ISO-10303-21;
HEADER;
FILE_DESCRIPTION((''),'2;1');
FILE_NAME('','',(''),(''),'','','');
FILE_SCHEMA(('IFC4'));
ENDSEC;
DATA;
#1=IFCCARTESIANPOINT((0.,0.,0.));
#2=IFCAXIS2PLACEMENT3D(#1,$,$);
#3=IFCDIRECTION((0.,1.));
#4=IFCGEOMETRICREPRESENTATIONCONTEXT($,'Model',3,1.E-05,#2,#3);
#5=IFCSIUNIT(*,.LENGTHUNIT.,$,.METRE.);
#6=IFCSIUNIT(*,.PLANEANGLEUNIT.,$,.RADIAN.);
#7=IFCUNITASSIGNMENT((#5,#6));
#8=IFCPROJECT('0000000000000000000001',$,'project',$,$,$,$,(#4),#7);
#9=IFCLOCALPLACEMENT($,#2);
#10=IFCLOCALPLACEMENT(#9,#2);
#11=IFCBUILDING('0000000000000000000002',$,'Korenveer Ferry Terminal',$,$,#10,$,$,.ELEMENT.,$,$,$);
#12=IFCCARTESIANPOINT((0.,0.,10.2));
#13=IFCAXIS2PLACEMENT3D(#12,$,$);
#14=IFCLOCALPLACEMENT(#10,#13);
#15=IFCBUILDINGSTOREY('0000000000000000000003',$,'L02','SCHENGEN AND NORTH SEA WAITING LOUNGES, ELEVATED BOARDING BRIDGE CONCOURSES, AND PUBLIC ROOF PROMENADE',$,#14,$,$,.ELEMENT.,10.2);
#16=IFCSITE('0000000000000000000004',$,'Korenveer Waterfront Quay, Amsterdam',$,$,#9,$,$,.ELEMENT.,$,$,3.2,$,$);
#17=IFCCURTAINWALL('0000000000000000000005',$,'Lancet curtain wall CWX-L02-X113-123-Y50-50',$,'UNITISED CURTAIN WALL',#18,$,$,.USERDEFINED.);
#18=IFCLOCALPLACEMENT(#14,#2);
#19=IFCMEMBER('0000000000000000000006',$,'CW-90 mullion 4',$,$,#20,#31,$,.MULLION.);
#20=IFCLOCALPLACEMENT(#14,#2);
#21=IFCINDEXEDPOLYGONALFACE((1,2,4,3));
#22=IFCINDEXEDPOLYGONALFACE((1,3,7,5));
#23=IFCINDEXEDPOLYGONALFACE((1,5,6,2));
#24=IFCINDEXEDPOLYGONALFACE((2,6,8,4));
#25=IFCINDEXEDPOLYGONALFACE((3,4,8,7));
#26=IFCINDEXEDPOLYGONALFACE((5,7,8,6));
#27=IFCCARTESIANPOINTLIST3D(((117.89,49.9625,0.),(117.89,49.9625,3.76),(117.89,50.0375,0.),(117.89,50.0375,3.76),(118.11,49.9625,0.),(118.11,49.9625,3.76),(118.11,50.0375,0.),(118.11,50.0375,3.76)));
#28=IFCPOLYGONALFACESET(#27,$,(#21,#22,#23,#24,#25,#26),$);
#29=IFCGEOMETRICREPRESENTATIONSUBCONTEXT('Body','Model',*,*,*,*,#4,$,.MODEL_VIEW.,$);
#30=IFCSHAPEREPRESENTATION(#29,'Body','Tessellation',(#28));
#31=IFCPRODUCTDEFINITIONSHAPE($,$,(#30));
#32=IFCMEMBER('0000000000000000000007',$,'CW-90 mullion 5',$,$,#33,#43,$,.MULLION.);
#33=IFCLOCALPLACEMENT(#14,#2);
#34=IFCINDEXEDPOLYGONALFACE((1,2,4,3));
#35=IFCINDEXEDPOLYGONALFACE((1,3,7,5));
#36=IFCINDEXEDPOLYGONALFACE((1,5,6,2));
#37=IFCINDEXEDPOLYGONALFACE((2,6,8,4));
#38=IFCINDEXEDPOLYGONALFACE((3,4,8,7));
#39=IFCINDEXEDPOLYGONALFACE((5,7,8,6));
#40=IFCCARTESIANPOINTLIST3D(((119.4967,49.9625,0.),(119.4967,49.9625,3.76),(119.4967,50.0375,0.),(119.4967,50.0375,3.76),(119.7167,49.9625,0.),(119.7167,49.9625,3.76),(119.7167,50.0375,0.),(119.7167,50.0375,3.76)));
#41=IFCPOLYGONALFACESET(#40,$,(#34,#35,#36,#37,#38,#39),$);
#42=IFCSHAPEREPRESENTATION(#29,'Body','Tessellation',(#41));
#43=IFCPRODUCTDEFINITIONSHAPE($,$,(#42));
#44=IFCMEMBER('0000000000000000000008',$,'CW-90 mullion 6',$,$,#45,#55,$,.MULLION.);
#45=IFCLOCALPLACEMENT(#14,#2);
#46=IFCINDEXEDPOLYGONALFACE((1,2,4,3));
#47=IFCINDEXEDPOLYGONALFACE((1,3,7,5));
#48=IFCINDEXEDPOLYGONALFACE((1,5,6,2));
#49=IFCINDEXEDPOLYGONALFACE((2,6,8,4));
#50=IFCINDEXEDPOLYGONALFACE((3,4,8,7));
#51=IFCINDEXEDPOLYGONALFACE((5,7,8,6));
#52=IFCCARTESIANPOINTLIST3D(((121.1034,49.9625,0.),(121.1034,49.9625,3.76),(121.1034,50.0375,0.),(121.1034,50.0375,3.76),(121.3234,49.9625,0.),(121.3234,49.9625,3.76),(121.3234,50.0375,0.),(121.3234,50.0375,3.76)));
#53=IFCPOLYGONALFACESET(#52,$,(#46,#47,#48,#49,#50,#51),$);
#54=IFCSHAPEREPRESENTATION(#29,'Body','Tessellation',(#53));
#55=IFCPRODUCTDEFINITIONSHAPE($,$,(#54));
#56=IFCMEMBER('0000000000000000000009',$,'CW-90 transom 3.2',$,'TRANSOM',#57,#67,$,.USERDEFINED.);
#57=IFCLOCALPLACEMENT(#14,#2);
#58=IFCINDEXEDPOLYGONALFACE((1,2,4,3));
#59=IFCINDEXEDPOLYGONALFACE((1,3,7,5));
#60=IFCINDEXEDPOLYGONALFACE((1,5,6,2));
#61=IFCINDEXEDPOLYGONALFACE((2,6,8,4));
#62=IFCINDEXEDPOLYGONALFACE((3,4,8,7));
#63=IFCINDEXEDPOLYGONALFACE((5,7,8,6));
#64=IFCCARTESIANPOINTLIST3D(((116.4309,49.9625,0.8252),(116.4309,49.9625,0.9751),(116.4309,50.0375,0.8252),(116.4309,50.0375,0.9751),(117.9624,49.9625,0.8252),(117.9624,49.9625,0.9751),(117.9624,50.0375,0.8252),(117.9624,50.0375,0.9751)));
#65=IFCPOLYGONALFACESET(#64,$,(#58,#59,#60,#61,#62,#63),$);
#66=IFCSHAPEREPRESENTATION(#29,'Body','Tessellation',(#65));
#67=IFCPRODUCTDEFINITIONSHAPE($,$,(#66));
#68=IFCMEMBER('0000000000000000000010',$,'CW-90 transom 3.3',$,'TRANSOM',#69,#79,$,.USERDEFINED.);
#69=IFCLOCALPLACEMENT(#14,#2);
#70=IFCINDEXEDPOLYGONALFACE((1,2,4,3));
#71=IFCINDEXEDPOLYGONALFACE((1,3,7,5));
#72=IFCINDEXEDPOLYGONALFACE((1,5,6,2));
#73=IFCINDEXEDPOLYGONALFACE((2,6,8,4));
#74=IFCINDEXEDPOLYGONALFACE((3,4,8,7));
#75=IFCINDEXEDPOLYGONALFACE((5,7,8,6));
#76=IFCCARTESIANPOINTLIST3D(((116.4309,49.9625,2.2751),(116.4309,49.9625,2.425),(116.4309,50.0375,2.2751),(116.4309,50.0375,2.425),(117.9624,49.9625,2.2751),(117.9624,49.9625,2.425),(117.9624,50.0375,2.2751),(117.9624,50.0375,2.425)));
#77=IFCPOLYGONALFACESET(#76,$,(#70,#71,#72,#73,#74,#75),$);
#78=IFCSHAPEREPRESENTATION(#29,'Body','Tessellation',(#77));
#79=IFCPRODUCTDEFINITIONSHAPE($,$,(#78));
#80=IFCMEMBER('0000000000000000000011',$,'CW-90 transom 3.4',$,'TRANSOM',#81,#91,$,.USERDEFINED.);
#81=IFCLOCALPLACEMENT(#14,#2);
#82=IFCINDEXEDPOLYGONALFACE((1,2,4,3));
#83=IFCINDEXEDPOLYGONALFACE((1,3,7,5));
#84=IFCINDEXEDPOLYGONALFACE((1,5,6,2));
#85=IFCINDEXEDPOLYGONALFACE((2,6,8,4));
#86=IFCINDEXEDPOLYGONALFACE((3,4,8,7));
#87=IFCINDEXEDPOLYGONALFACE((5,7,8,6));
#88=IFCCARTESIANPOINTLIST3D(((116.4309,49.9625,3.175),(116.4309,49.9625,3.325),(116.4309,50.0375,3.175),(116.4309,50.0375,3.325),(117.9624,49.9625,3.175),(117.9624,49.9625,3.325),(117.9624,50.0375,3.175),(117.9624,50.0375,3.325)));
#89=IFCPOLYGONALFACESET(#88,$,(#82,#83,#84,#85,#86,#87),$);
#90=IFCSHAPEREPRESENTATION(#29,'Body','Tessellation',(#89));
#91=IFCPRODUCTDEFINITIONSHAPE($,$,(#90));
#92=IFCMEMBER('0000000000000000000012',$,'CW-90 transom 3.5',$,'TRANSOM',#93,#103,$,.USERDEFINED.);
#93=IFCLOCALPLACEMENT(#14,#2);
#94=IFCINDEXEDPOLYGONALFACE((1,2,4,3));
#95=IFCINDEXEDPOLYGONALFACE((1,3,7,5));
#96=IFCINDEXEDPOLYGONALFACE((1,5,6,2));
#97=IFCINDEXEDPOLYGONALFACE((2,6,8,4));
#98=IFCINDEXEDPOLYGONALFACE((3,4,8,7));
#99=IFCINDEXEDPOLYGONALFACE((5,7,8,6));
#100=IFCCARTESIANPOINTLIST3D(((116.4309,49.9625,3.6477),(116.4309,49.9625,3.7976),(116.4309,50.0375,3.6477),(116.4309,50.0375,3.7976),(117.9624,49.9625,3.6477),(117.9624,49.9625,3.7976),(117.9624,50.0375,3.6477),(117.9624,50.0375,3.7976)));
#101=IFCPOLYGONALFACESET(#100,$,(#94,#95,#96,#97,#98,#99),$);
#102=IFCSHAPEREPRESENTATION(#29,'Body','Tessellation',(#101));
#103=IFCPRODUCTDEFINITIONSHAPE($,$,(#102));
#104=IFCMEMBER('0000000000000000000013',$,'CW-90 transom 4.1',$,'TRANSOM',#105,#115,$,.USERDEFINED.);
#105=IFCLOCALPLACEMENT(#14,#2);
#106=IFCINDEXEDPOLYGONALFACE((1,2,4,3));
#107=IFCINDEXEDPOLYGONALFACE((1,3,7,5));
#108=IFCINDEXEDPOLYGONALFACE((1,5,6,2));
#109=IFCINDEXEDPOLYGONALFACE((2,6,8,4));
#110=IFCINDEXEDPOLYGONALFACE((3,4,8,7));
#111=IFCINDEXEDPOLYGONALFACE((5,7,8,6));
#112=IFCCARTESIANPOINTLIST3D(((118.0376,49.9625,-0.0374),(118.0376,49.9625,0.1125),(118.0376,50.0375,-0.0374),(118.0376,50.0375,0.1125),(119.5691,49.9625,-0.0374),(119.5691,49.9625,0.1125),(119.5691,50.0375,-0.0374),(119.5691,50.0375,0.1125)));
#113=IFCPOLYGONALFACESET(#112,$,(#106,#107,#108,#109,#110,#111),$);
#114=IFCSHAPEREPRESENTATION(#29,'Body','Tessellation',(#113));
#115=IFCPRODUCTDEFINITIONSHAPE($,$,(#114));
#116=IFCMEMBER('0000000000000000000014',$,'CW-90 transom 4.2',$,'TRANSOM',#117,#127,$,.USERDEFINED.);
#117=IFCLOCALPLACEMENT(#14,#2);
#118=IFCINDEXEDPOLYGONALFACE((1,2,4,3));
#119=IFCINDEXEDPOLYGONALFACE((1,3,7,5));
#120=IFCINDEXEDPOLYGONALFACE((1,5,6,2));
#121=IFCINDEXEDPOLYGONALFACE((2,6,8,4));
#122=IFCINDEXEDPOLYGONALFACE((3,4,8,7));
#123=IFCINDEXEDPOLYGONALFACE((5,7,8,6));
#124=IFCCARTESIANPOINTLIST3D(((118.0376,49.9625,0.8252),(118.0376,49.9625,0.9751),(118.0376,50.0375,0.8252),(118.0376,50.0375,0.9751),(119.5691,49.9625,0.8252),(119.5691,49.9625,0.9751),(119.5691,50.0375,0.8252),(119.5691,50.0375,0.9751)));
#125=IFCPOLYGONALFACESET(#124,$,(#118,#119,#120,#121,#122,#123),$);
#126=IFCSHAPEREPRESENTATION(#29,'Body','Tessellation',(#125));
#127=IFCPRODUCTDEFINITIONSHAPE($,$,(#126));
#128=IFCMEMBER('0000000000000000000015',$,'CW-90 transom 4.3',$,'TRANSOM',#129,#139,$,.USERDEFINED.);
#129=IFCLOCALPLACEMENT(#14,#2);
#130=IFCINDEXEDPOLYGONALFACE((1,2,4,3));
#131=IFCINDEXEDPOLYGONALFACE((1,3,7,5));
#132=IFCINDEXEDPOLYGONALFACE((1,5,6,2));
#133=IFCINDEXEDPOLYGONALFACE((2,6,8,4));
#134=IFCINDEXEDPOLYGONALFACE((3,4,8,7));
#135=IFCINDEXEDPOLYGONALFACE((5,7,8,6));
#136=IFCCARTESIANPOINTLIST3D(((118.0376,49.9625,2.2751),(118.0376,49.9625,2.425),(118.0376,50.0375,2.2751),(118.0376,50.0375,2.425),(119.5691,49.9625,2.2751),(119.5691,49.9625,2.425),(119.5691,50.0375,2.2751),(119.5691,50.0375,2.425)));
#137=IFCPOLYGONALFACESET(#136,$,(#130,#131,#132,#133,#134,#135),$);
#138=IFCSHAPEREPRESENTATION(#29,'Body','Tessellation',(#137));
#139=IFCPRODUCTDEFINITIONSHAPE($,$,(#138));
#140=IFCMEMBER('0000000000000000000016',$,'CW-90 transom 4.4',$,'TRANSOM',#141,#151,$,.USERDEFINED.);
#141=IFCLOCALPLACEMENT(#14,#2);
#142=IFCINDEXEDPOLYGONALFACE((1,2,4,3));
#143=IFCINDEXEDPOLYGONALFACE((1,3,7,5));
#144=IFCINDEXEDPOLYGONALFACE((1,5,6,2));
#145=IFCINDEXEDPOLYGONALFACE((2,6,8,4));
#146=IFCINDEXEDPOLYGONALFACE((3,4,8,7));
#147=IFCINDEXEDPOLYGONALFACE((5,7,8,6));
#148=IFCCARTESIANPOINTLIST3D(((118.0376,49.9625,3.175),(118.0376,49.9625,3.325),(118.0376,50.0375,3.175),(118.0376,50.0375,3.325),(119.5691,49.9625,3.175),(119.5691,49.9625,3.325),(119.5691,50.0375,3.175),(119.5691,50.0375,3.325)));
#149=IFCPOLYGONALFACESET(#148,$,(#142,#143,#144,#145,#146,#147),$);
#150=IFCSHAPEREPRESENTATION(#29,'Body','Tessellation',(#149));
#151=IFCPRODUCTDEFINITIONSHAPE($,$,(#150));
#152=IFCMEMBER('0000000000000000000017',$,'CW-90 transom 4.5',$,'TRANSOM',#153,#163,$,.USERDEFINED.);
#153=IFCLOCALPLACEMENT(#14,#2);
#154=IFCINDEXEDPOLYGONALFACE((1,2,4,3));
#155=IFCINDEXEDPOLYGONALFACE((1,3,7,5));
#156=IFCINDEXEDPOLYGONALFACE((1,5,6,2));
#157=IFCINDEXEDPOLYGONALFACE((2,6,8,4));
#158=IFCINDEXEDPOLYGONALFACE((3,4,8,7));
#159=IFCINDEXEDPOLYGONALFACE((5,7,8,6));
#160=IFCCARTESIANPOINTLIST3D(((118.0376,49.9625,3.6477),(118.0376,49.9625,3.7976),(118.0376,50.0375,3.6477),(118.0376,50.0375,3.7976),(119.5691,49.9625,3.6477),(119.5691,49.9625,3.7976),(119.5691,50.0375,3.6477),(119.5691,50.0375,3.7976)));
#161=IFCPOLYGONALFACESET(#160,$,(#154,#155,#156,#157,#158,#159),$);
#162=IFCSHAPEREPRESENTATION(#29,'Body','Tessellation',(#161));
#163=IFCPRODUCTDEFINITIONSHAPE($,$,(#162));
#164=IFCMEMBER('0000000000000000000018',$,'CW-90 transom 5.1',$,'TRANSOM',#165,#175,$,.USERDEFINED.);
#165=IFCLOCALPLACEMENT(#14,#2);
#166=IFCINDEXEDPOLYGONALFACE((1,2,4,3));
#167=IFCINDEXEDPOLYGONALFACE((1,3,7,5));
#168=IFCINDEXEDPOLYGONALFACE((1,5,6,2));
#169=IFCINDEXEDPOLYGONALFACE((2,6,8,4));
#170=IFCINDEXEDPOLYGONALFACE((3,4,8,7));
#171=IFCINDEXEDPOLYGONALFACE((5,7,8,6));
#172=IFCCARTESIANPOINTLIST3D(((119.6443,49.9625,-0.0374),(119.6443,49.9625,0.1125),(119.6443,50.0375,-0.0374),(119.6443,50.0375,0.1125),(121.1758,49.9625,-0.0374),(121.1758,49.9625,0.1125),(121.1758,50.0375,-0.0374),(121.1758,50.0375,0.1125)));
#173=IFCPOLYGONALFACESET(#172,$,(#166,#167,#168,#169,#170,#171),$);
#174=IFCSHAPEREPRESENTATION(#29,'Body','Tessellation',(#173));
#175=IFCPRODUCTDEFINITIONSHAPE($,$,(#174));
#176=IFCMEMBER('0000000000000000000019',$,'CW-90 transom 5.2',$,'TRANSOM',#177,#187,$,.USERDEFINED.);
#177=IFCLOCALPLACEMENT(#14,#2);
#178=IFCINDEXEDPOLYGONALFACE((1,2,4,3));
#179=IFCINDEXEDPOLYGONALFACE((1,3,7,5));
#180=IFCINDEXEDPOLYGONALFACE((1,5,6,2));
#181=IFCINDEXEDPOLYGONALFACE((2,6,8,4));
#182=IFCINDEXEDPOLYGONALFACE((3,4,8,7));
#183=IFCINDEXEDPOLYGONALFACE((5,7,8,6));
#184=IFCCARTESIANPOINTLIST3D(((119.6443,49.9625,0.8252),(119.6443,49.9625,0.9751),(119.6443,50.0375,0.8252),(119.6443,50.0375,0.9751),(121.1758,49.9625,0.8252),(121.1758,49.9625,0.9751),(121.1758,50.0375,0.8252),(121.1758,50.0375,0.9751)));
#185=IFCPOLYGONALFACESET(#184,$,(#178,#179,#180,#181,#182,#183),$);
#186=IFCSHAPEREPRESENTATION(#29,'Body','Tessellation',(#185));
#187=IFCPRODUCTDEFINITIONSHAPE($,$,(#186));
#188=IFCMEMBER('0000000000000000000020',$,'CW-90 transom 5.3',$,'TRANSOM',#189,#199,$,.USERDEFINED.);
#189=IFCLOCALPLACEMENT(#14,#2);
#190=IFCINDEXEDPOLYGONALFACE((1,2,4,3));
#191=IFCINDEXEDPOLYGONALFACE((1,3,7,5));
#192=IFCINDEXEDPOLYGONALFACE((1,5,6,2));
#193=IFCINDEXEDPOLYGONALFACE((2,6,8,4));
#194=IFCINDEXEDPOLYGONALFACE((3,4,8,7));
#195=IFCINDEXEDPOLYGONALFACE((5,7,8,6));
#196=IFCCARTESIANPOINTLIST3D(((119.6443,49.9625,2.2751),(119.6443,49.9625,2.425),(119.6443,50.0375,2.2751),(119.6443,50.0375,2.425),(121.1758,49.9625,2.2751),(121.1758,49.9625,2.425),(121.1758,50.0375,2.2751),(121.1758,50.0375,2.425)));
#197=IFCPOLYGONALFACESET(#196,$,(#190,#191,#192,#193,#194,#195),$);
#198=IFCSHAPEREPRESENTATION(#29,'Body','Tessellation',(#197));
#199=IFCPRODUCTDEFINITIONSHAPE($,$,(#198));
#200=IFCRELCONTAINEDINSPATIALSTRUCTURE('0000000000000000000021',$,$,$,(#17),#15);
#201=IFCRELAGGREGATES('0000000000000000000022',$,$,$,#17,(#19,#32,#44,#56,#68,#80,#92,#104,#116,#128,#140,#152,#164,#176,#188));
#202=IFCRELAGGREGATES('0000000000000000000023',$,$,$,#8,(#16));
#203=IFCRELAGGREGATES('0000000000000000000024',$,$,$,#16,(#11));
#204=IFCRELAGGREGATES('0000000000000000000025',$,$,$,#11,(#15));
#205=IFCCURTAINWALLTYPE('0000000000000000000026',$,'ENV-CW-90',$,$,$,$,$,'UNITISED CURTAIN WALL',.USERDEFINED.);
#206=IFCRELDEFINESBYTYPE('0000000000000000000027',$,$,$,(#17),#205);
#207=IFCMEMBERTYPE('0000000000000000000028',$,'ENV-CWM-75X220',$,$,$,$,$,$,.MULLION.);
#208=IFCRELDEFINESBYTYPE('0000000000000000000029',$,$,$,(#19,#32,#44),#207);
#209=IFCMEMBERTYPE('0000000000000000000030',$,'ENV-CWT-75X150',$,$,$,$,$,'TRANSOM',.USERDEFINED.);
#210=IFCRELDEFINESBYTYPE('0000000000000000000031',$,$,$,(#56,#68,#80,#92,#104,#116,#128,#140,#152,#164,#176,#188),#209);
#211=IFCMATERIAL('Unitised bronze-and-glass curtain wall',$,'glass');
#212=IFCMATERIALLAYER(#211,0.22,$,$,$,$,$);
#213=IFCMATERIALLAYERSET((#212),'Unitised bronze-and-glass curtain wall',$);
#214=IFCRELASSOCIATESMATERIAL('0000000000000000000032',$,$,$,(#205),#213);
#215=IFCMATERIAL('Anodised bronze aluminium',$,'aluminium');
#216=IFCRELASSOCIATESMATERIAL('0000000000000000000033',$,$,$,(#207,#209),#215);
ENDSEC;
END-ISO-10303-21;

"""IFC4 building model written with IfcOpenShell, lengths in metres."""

from ifc_helpers import new_model, si_unit, direction, frame, origin, origin_2d, place, context, subcontext, project, spatial, rectangle, extrude, material, layer, layer_set, material_profile, profile_set, type_object, element, aggregate, save


model = new_model("IFC4")

# Units and contexts
model_context = context("Model", 3, precision=1e-05, world=origin(), true_north=direction((0.0, 1.0)))
body_context = subcontext(model_context, "Body", "Model", "MODEL_VIEW")
ifc_project = project(units=[si_unit("LENGTHUNIT", "METRE"), si_unit("PLANEANGLEUNIT", "RADIAN")], contexts=[model_context])

# Site, building, storey
site_placement = place(None, origin())
site = spatial("IfcSite", under=ifc_project, at=site_placement, Name="Korenveer Waterfront Quay, Amsterdam", CompositionType="ELEMENT", RefElevation=3.2)
building_placement = place(site_placement, origin())
building = spatial("IfcBuilding", under=site, at=building_placement, Name="Korenveer Ferry Terminal", CompositionType="ELEMENT")
storey_placement = place(building_placement, frame((0.0, 0.0, 10.2)))
storey = spatial("IfcBuildingStorey", under=building, at=storey_placement, Name="L02", Description="SCHENGEN AND NORTH SEA WAITING LOUNGES, ELEVATED BOARDING BRIDGE CONCOURSES, AND PUBLIC ROOF PROMENADE", CompositionType="ELEMENT", Elevation=10.2)

# Curtain wall, members
ifc_material_1 = material(Name="Unitised bronze-and-glass curtain wall", Category="glass")
ifc_layer_1 = layer(ifc_material_1, 0.22)
ifc_layer_set_1 = layer_set([ifc_layer_1], Name="Unitised bronze-and-glass curtain wall")
curtain_wall_type = type_object("IfcCurtainWallType", Name="ENV-CW-90", ElementType="UNITISED CURTAIN WALL", PredefinedType="USERDEFINED", material=ifc_layer_set_1)
curtain_wall_placement = place(storey_placement, frame((113.1799, 50.0, 0.0)))
curtain_wall = element("IfcCurtainWall", 1, at=curtain_wall_placement, inside=storey, type_object=curtain_wall_type, Name="Lancet curtain wall CWX-L02-X113-123-Y50-50", ObjectType="UNITISED CURTAIN WALL", PredefinedType="USERDEFINED")
ifc_material_2 = material(Name="Anodised bronze aluminium", Category="aluminium")
ifc_material_profile_1 = material_profile(ifc_material_2, rectangle(XDim=0.075, YDim=0.22, at=origin_2d()), Name="ALU 75x220")
ifc_profile_set_1 = profile_set([ifc_material_profile_1], Name="Anodised bronze aluminium")
member_type_1 = type_object("IfcMemberType", Name="ENV-CWM-75X220", PredefinedType="MULLION", material=ifc_profile_set_1)
member_1_placement = place(storey_placement, frame((118.0, 50.0, 0.0), z_axis=(0.0, 0.0, 1.0), x_axis=(0.0, 1.0, 0.0)))
member_1 = element("IfcMember", 2, at=member_1_placement, type_object=member_type_1, Name="CW-90 mullion 4", PredefinedType="MULLION", context=body_context, shape_type="SweptSolid", body=[
    extrude(rectangle(XDim=0.075, YDim=0.22, at=origin_2d()), origin(), (0.0, 0.0, 1.0), 3.76),
])
member_2_placement = place(storey_placement, frame((119.6067, 50.0, 0.0), z_axis=(0.0, 0.0, 1.0), x_axis=(0.0, 1.0, 0.0)))
member_2 = element("IfcMember", 3, at=member_2_placement, type_object=member_type_1, Name="CW-90 mullion 5", PredefinedType="MULLION", context=body_context, shape_type="SweptSolid", body=[
    extrude(rectangle(XDim=0.075, YDim=0.22, at=origin_2d()), origin(), (0.0, 0.0, 1.0), 3.76),
])
member_3_placement = place(storey_placement, frame((121.2134, 50.0, 0.0), z_axis=(0.0, 0.0, 1.0), x_axis=(0.0, 1.0, 0.0)))
member_3 = element("IfcMember", 4, at=member_3_placement, type_object=member_type_1, Name="CW-90 mullion 6", PredefinedType="MULLION", context=body_context, shape_type="SweptSolid", body=[
    extrude(rectangle(XDim=0.075, YDim=0.22, at=origin_2d()), origin(), (0.0, 0.0, 1.0), 3.76),
])
ifc_material_profile_2 = material_profile(ifc_material_2, rectangle(XDim=0.075, YDim=0.1499, at=origin_2d()), Name="ALU 75x150")
ifc_profile_set_2 = profile_set([ifc_material_profile_2], Name="Anodised bronze aluminium")
member_type_2 = type_object("IfcMemberType", Name="ENV-CWT-75X150", ElementType="TRANSOM", PredefinedType="USERDEFINED", material=ifc_profile_set_2)
member_4_placement = place(storey_placement, frame((116.4309, 50.0, 0.9001), z_axis=(1.0, 0.0, 0.0), x_axis=(0.0, 1.0, 0.0)))
member_4 = element("IfcMember", 5, at=member_4_placement, type_object=member_type_2, Name="CW-90 transom 3.2", ObjectType="TRANSOM", PredefinedType="USERDEFINED", context=body_context, shape_type="SweptSolid", body=[
    extrude(rectangle(XDim=0.075, YDim=0.1499, at=origin_2d()), origin(), (0.0, 0.0, 1.0), 1.5315),
])
member_5_placement = place(storey_placement, frame((116.4309, 50.0, 2.3501), z_axis=(1.0, 0.0, 0.0), x_axis=(0.0, 1.0, 0.0)))
member_5 = element("IfcMember", 6, at=member_5_placement, type_object=member_type_2, Name="CW-90 transom 3.3", ObjectType="TRANSOM", PredefinedType="USERDEFINED", context=body_context, shape_type="SweptSolid", body=[
    extrude(rectangle(XDim=0.075, YDim=0.1499, at=origin_2d()), origin(), (0.0, 0.0, 1.0), 1.5315),
])
member_6_placement = place(storey_placement, frame((116.4309, 50.0, 3.25), z_axis=(1.0, 0.0, 0.0), x_axis=(0.0, 1.0, 0.0)))
member_6 = element("IfcMember", 7, at=member_6_placement, type_object=member_type_2, Name="CW-90 transom 3.4", ObjectType="TRANSOM", PredefinedType="USERDEFINED", context=body_context, shape_type="SweptSolid", body=[
    extrude(rectangle(XDim=0.075, YDim=0.1499, at=origin_2d()), origin(), (0.0, 0.0, 1.0), 1.5315),
])
member_7_placement = place(storey_placement, frame((116.4309, 50.0, 3.7227), z_axis=(1.0, 0.0, 0.0), x_axis=(0.0, 1.0, 0.0)))
member_7 = element("IfcMember", 8, at=member_7_placement, type_object=member_type_2, Name="CW-90 transom 3.5", ObjectType="TRANSOM", PredefinedType="USERDEFINED", context=body_context, shape_type="SweptSolid", body=[
    extrude(rectangle(XDim=0.075, YDim=0.1499, at=origin_2d()), origin(), (0.0, 0.0, 1.0), 1.5315),
])
member_8_placement = place(storey_placement, frame((118.0376, 50.0, 0.0376), z_axis=(1.0, 0.0, 0.0), x_axis=(0.0, 1.0, 0.0)))
member_8 = element("IfcMember", 9, at=member_8_placement, type_object=member_type_2, Name="CW-90 transom 4.1", ObjectType="TRANSOM", PredefinedType="USERDEFINED", context=body_context, shape_type="SweptSolid", body=[
    extrude(rectangle(XDim=0.075, YDim=0.1499, at=origin_2d()), origin(), (0.0, 0.0, 1.0), 1.5315),
])
member_9_placement = place(storey_placement, frame((118.0376, 50.0, 0.9001), z_axis=(1.0, 0.0, 0.0), x_axis=(0.0, 1.0, 0.0)))
member_9 = element("IfcMember", 10, at=member_9_placement, type_object=member_type_2, Name="CW-90 transom 4.2", ObjectType="TRANSOM", PredefinedType="USERDEFINED", context=body_context, shape_type="SweptSolid", body=[
    extrude(rectangle(XDim=0.075, YDim=0.1499, at=origin_2d()), origin(), (0.0, 0.0, 1.0), 1.5315),
])
member_10_placement = place(storey_placement, frame((118.0376, 50.0, 2.3501), z_axis=(1.0, 0.0, 0.0), x_axis=(0.0, 1.0, 0.0)))
member_10 = element("IfcMember", 11, at=member_10_placement, type_object=member_type_2, Name="CW-90 transom 4.3", ObjectType="TRANSOM", PredefinedType="USERDEFINED", context=body_context, shape_type="SweptSolid", body=[
    extrude(rectangle(XDim=0.075, YDim=0.1499, at=origin_2d()), origin(), (0.0, 0.0, 1.0), 1.5315),
])
member_11_placement = place(storey_placement, frame((118.0376, 50.0, 3.25), z_axis=(1.0, 0.0, 0.0), x_axis=(0.0, 1.0, 0.0)))
member_11 = element("IfcMember", 12, at=member_11_placement, type_object=member_type_2, Name="CW-90 transom 4.4", ObjectType="TRANSOM", PredefinedType="USERDEFINED", context=body_context, shape_type="SweptSolid", body=[
    extrude(rectangle(XDim=0.075, YDim=0.1499, at=origin_2d()), origin(), (0.0, 0.0, 1.0), 1.5315),
])
member_12_placement = place(storey_placement, frame((118.0376, 50.0, 3.7227), z_axis=(1.0, 0.0, 0.0), x_axis=(0.0, 1.0, 0.0)))
member_12 = element("IfcMember", 13, at=member_12_placement, type_object=member_type_2, Name="CW-90 transom 4.5", ObjectType="TRANSOM", PredefinedType="USERDEFINED", context=body_context, shape_type="SweptSolid", body=[
    extrude(rectangle(XDim=0.075, YDim=0.1499, at=origin_2d()), origin(), (0.0, 0.0, 1.0), 1.5315),
])
member_13_placement = place(storey_placement, frame((119.6443, 50.0, 0.0376), z_axis=(1.0, 0.0, 0.0), x_axis=(0.0, 1.0, 0.0)))
member_13 = element("IfcMember", 14, at=member_13_placement, type_object=member_type_2, Name="CW-90 transom 5.1", ObjectType="TRANSOM", PredefinedType="USERDEFINED", context=body_context, shape_type="SweptSolid", body=[
    extrude(rectangle(XDim=0.075, YDim=0.1499, at=origin_2d()), origin(), (0.0, 0.0, 1.0), 1.5315),
])
member_14_placement = place(storey_placement, frame((119.6443, 50.0, 0.9001), z_axis=(1.0, 0.0, 0.0), x_axis=(0.0, 1.0, 0.0)))
member_14 = element("IfcMember", 15, at=member_14_placement, type_object=member_type_2, Name="CW-90 transom 5.2", ObjectType="TRANSOM", PredefinedType="USERDEFINED", context=body_context, shape_type="SweptSolid", body=[
    extrude(rectangle(XDim=0.075, YDim=0.1499, at=origin_2d()), origin(), (0.0, 0.0, 1.0), 1.5315),
])
member_15_placement = place(storey_placement, frame((119.6443, 50.0, 2.3501), z_axis=(1.0, 0.0, 0.0), x_axis=(0.0, 1.0, 0.0)))
member_15 = element("IfcMember", 16, at=member_15_placement, type_object=member_type_2, Name="CW-90 transom 5.3", ObjectType="TRANSOM", PredefinedType="USERDEFINED", context=body_context, shape_type="SweptSolid", body=[
    extrude(rectangle(XDim=0.075, YDim=0.1499, at=origin_2d()), origin(), (0.0, 0.0, 1.0), 1.5315),
])
aggregate(curtain_wall, [member_1, member_2, member_3, member_4, member_5, member_6, member_7, member_8, member_9, member_10, member_11, member_12, member_13, member_14, member_15])

save(model, "model.ifc")
